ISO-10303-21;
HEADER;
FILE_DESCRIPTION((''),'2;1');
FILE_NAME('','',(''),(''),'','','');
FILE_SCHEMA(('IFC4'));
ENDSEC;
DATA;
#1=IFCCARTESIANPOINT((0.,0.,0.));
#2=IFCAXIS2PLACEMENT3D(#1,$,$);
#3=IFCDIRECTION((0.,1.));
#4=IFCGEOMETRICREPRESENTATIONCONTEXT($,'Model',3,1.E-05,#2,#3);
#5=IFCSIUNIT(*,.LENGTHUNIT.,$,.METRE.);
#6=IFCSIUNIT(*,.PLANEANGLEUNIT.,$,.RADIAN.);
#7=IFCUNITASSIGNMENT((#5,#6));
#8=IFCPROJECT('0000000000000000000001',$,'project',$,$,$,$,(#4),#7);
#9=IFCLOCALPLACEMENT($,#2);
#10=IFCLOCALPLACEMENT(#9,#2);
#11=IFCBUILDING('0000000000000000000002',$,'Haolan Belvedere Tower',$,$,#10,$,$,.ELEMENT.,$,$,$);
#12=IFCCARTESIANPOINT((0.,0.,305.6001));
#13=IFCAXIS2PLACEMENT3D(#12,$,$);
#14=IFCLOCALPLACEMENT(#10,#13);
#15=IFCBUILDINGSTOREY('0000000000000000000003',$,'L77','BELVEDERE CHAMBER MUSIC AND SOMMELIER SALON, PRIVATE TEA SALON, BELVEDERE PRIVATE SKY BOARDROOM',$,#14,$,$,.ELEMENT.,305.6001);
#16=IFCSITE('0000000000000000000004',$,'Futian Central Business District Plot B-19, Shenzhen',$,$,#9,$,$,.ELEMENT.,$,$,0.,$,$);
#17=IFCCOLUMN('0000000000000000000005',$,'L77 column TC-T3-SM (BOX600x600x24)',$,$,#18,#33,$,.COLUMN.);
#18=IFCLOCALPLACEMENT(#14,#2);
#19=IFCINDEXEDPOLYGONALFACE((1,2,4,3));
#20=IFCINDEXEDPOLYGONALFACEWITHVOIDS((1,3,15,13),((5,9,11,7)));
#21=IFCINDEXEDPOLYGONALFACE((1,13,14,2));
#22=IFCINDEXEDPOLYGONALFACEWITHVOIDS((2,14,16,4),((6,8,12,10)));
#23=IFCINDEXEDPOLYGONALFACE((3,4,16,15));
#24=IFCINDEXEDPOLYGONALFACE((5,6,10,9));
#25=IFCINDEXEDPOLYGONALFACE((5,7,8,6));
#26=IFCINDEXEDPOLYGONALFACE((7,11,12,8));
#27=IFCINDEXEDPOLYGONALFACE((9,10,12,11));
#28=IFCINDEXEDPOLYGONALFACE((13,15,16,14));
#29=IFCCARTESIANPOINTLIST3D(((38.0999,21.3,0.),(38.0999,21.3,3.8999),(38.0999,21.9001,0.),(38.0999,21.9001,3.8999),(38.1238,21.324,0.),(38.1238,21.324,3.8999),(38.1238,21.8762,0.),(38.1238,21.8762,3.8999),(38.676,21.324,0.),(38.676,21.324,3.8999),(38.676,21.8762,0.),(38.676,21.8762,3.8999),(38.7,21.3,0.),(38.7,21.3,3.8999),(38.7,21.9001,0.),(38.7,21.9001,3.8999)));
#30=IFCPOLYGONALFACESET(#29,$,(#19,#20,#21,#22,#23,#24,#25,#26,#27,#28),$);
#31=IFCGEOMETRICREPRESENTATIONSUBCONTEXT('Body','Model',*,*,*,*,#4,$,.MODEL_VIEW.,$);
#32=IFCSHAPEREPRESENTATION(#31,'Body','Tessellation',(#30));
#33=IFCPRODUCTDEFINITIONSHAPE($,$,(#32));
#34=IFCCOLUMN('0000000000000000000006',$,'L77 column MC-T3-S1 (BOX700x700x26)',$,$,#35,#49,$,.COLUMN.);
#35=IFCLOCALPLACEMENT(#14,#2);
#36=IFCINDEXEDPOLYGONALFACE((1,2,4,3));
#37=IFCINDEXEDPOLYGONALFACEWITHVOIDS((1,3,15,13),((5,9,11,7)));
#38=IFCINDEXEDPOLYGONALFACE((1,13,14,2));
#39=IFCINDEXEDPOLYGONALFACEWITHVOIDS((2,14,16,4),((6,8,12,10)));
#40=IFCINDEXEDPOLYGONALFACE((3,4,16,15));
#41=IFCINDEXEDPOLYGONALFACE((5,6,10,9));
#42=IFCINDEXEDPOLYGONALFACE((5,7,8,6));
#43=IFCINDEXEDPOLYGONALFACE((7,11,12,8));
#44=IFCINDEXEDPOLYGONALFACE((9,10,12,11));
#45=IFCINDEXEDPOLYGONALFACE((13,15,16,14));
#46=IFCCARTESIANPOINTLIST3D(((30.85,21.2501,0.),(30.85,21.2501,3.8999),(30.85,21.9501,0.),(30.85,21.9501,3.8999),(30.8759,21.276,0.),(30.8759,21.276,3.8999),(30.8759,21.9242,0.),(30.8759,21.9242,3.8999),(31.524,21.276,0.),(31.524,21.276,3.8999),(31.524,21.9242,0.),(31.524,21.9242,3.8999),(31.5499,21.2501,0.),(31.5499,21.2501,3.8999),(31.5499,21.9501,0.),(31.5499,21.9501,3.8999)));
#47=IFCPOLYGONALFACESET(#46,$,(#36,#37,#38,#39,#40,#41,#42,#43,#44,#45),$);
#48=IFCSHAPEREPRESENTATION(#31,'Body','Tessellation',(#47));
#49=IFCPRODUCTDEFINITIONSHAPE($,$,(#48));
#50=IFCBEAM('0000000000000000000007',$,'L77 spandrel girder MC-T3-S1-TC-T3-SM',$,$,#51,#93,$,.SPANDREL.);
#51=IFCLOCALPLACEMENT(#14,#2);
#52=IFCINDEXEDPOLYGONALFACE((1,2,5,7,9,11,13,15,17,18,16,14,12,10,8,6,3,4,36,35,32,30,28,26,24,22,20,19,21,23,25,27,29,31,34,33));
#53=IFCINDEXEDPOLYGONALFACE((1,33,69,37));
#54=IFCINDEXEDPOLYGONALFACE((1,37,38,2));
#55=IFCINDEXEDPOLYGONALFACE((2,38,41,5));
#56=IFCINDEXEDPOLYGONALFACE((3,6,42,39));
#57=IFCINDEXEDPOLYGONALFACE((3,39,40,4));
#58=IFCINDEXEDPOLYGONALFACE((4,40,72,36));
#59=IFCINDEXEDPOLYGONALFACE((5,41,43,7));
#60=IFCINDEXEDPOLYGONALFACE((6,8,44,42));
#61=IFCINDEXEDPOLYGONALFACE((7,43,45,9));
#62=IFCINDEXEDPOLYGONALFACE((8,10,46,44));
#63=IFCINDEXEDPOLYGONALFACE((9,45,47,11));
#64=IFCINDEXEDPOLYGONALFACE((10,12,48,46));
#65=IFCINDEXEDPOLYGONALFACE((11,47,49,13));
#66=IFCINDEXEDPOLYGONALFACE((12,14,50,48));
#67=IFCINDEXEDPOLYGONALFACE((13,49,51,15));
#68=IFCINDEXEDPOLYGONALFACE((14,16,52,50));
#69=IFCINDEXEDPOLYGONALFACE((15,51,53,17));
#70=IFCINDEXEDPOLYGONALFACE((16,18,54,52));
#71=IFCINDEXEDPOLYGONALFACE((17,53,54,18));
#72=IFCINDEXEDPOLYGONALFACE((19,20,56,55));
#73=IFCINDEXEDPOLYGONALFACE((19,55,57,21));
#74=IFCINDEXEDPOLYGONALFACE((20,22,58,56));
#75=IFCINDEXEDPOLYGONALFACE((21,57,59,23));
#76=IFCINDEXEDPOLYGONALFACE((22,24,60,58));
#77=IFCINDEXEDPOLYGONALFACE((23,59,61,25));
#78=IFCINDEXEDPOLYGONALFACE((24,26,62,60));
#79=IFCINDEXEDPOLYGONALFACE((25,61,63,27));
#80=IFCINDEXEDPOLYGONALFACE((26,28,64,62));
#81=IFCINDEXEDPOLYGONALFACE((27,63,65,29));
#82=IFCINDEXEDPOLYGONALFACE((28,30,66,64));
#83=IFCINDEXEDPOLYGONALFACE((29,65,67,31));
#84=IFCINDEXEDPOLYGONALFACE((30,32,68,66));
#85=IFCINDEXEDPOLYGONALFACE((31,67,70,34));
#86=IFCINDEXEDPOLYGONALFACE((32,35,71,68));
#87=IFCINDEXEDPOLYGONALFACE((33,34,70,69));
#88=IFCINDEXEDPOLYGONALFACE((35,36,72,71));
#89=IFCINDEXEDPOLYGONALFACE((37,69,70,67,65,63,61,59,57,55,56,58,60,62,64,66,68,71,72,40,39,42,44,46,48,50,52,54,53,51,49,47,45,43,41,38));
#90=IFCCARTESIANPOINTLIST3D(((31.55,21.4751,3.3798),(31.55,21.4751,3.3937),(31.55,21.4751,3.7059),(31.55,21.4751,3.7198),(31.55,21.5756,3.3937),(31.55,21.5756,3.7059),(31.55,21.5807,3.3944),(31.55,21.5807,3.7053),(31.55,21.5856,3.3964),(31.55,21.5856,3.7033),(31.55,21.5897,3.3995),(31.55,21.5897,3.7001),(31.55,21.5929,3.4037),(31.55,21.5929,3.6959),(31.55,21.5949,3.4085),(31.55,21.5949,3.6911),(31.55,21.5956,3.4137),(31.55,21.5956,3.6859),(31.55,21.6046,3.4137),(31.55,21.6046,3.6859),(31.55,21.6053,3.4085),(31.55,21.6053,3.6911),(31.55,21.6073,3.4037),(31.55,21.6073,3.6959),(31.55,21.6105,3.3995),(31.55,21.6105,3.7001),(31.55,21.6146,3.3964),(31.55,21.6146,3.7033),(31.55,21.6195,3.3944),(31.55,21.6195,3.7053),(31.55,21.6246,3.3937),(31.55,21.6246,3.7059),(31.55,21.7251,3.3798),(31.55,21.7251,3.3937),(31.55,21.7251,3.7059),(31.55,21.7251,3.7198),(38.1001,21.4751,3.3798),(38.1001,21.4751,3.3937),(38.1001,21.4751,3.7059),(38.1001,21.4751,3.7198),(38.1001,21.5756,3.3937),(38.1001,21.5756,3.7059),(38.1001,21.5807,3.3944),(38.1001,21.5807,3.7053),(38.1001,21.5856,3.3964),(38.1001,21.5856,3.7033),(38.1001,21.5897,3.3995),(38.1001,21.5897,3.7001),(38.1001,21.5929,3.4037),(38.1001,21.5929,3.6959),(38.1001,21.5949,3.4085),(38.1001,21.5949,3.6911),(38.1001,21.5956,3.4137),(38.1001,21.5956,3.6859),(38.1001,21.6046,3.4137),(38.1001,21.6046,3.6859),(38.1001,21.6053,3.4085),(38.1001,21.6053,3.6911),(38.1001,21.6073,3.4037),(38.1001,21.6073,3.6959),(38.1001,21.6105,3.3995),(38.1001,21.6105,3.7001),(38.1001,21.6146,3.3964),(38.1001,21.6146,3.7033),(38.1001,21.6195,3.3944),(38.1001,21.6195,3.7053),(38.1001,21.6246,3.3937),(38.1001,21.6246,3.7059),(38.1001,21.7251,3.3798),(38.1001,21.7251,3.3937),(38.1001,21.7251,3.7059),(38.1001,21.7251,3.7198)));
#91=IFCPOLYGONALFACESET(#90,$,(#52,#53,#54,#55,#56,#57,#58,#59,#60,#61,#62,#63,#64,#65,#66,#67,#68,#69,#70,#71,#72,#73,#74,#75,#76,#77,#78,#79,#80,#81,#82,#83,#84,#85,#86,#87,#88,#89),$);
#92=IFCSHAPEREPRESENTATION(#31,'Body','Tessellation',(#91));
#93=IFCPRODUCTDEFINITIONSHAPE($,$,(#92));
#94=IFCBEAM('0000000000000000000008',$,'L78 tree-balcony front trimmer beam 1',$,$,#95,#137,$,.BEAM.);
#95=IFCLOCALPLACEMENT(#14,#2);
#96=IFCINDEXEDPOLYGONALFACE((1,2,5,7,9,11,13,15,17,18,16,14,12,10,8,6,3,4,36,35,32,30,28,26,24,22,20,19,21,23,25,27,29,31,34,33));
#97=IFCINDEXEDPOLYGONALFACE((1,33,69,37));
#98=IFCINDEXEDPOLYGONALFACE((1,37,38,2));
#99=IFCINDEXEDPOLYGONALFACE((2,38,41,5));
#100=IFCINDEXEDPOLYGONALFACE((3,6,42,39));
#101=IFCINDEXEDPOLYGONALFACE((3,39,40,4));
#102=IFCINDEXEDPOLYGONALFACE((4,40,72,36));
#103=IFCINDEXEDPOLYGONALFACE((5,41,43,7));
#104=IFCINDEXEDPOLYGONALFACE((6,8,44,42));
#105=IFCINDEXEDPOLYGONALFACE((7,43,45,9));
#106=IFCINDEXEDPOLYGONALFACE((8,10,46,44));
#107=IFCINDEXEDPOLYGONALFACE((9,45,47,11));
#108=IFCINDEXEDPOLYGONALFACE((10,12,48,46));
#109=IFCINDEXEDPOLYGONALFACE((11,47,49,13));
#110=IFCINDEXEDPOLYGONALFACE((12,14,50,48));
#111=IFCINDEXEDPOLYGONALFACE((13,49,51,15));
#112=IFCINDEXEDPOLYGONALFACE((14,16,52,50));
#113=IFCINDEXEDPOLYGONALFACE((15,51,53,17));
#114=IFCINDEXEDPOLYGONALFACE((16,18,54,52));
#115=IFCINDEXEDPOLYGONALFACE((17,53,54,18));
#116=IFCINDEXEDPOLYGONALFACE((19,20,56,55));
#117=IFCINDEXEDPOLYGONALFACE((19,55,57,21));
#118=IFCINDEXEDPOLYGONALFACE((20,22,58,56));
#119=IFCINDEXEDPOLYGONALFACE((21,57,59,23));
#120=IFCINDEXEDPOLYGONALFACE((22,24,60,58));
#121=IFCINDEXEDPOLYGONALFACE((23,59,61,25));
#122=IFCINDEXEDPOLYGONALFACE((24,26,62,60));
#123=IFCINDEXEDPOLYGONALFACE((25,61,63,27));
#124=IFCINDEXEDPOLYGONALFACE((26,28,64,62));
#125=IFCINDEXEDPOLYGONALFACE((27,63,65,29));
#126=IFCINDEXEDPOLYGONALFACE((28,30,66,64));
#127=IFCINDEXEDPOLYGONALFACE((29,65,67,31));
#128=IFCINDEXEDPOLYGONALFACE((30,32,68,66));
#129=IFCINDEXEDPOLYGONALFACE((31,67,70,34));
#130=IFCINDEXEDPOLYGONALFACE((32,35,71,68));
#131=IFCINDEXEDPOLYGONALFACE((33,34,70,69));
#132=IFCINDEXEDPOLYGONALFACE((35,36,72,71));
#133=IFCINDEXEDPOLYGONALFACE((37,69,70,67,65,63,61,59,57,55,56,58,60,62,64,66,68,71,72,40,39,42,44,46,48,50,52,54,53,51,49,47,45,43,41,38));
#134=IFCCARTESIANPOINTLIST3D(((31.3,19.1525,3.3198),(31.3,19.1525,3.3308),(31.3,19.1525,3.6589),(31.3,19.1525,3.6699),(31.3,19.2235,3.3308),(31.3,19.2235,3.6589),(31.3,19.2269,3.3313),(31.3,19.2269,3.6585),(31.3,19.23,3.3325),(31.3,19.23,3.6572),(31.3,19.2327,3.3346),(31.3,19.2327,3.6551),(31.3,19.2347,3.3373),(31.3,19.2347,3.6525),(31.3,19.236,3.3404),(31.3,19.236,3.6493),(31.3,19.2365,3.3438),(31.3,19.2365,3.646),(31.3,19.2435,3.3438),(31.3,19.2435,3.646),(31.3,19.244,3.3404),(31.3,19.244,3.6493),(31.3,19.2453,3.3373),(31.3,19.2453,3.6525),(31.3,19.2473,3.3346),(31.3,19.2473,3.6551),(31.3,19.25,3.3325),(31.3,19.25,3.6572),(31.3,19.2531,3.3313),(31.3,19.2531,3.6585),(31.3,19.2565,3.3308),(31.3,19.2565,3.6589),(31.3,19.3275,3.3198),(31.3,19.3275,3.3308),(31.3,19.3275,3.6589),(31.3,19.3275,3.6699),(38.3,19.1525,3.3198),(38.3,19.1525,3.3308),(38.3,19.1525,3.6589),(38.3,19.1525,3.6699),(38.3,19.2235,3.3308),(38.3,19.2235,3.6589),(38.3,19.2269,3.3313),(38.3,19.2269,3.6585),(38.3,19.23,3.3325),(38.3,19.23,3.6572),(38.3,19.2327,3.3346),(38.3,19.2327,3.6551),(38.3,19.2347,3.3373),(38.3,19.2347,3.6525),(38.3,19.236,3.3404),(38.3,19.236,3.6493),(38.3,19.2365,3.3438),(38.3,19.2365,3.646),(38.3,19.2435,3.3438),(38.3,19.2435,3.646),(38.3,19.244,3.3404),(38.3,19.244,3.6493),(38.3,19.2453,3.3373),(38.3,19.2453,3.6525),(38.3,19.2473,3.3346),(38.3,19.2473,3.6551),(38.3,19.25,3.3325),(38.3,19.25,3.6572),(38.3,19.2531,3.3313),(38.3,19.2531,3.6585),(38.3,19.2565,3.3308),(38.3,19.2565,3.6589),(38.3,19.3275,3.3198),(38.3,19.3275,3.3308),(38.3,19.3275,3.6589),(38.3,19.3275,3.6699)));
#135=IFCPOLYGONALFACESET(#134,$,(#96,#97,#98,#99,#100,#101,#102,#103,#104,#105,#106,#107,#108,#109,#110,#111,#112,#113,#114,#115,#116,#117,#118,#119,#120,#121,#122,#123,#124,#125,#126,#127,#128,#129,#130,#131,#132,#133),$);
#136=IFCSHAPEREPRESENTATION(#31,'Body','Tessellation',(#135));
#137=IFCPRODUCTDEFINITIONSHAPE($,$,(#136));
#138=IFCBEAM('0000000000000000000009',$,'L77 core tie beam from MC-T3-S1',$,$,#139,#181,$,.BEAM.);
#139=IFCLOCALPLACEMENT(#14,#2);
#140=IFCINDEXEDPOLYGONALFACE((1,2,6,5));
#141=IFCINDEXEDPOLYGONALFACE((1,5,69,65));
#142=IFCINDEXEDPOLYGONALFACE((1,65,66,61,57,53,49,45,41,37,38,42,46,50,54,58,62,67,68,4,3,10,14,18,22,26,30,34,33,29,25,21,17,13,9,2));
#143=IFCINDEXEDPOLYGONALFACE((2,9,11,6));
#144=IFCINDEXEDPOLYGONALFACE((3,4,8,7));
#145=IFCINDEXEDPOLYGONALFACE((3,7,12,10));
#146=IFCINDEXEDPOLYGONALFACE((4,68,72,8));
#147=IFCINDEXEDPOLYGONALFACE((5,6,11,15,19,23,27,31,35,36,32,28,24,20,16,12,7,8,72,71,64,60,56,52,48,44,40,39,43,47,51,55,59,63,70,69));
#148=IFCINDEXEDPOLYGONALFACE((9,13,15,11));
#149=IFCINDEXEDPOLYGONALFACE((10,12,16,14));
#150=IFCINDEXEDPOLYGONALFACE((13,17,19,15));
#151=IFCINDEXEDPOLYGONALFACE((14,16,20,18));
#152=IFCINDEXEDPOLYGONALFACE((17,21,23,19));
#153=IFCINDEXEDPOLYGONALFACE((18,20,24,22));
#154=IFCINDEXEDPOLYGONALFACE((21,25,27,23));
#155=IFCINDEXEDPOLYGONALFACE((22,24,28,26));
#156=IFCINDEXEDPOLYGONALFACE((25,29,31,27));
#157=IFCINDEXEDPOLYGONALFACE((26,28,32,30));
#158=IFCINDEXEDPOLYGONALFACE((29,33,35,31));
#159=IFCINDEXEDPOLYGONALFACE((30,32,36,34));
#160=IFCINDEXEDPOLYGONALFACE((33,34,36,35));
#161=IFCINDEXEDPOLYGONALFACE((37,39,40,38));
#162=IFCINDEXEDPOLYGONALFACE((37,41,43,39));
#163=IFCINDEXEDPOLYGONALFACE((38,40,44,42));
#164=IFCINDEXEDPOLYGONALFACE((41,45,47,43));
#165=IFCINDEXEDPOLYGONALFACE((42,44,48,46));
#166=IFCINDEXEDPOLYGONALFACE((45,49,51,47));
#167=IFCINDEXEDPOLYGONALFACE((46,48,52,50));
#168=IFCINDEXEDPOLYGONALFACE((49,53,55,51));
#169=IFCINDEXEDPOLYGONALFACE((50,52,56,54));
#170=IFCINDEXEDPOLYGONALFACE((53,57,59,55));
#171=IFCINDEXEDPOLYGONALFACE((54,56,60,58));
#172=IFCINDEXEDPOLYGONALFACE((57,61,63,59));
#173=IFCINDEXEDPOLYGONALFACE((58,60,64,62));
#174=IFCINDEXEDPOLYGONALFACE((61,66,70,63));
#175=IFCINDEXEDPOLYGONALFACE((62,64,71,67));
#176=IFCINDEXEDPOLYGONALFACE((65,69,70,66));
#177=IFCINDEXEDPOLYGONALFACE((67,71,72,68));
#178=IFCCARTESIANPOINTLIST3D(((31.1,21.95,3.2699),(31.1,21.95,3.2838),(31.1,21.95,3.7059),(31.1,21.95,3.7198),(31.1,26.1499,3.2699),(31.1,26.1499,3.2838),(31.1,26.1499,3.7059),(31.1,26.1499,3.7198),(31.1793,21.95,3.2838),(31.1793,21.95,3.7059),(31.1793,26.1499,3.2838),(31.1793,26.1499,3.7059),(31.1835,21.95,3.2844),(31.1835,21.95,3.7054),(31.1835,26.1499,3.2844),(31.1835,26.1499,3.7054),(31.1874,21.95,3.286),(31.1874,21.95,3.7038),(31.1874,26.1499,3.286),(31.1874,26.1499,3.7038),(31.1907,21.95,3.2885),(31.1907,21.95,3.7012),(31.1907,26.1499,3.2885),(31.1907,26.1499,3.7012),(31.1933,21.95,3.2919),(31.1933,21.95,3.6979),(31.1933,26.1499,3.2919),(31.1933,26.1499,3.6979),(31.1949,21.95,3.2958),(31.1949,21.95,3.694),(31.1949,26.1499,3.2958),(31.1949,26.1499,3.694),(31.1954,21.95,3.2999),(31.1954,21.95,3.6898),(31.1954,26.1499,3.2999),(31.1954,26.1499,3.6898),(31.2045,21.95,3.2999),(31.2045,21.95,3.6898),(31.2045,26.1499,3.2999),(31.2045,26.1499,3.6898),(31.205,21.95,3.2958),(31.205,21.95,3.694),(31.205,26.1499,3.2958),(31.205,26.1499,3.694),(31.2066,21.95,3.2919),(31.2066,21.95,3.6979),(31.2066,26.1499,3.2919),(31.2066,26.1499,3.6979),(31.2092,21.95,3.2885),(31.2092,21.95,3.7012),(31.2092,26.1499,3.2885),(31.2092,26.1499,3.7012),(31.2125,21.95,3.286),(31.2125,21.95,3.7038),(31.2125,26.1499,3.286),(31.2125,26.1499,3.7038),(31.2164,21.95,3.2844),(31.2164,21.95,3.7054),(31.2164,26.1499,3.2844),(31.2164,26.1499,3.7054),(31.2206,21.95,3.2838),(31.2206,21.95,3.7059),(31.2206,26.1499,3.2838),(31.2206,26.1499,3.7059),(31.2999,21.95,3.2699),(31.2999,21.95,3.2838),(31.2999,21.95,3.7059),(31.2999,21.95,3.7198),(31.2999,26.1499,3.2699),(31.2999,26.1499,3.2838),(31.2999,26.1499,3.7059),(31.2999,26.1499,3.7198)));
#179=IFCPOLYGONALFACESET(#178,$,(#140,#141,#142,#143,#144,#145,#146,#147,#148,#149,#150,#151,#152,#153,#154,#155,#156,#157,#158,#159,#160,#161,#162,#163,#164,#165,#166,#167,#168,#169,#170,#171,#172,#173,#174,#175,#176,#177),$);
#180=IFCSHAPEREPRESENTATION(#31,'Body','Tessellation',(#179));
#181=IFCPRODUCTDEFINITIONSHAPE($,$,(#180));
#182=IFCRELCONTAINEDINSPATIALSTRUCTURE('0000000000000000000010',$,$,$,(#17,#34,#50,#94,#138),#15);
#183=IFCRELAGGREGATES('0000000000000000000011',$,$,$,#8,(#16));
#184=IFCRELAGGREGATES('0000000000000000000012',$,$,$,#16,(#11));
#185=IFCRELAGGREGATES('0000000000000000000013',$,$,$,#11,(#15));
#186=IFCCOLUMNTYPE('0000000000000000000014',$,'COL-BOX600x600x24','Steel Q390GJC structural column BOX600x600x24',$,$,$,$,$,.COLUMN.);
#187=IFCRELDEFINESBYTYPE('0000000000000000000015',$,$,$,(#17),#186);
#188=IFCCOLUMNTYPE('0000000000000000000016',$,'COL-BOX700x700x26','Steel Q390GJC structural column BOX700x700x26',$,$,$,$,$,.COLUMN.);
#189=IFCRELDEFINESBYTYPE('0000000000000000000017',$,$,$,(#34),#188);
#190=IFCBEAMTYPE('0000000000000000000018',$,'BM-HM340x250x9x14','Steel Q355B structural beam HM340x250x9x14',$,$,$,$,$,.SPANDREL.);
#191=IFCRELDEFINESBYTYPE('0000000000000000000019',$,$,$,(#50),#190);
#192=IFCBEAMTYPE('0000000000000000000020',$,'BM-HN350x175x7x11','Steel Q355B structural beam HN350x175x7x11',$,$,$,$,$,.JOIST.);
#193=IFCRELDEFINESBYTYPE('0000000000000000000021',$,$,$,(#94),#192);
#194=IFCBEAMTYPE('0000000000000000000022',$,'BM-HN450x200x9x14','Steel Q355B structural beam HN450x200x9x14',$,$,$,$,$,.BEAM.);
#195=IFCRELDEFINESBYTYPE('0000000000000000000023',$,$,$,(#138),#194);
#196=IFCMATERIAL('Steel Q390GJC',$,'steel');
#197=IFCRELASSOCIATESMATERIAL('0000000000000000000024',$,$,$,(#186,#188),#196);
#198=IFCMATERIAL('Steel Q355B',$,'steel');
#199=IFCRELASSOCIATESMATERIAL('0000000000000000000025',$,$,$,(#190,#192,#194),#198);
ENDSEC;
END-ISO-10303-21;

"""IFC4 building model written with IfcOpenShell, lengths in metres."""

from ifc_helpers import new_model, si_unit, direction, frame, origin, origin_2d, place, context, subcontext, project, spatial, hollow_rectangle, i_section, extrude, material, material_profile, profile_set, type_object, element, save


model = new_model("IFC4")

# Units and contexts
model_context = context("Model", 3, precision=1e-05, world=origin(), true_north=direction((0.0, 1.0)))
body_context = subcontext(model_context, "Body", "Model", "MODEL_VIEW")
ifc_project = project(units=[si_unit("LENGTHUNIT", "METRE"), si_unit("PLANEANGLEUNIT", "RADIAN")], contexts=[model_context])

# Site, building, storey
site_placement = place(None, origin())
site = spatial("IfcSite", under=ifc_project, at=site_placement, Name="Futian Central Business District Plot B-19, Shenzhen", CompositionType="ELEMENT", RefElevation=0.0)
building_placement = place(site_placement, origin())
building = spatial("IfcBuilding", under=site, at=building_placement, Name="Haolan Belvedere Tower", CompositionType="ELEMENT")
storey_placement = place(building_placement, frame((0.0, 0.0, 305.6001)))
storey = spatial("IfcBuildingStorey", under=building, at=storey_placement, Name="L77", Description="BELVEDERE CHAMBER MUSIC AND SOMMELIER SALON, PRIVATE TEA SALON, BELVEDERE PRIVATE SKY BOARDROOM", CompositionType="ELEMENT", Elevation=305.6001)

# Columns
ifc_material_1 = material(Name="Steel Q390GJC", Category="steel")
ifc_material_profile_1 = material_profile(ifc_material_1, hollow_rectangle(XDim=0.6001, YDim=0.6001, WallThickness=0.0239, at=origin_2d()), Name="Steel Q390GJC")
ifc_profile_set_1 = profile_set([ifc_material_profile_1], Name="Steel Q390GJC")
column_type_1 = type_object("IfcColumnType", Name="COL-BOX600x600x24", Description="Steel Q390GJC structural column BOX600x600x24", PredefinedType="COLUMN", material=ifc_profile_set_1)
column_1_placement = place(storey_placement, frame((38.3999, 21.6001, 0.0), z_axis=(0.0, 0.0, 1.0), x_axis=(1.0, 0.0, 0.0)))
element("IfcColumn", 1, at=column_1_placement, inside=storey, type_object=column_type_1, Name="L77 column TC-T3-SM (BOX600x600x24)", PredefinedType="COLUMN", context=body_context, shape_type="SweptSolid", body=[
    extrude(hollow_rectangle(XDim=0.6001, YDim=0.6001, WallThickness=0.0239, at=origin_2d()), origin(), (0.0, 0.0, 1.0), 3.8999),
])
ifc_material_profile_2 = material_profile(ifc_material_1, hollow_rectangle(XDim=0.7, YDim=0.7, WallThickness=0.0259, at=origin_2d()), Name="Steel Q390GJC")
ifc_profile_set_2 = profile_set([ifc_material_profile_2], Name="Steel Q390GJC")
column_type_2 = type_object("IfcColumnType", Name="COL-BOX700x700x26", Description="Steel Q390GJC structural column BOX700x700x26", PredefinedType="COLUMN", material=ifc_profile_set_2)
column_2_placement = place(storey_placement, frame((31.2, 21.6001, 0.0), z_axis=(0.0, 0.0, 1.0), x_axis=(1.0, 0.0, 0.0)))
element("IfcColumn", 2, at=column_2_placement, inside=storey, type_object=column_type_2, Name="L77 column MC-T3-S1 (BOX700x700x26)", PredefinedType="COLUMN", context=body_context, shape_type="SweptSolid", body=[
    extrude(hollow_rectangle(XDim=0.7, YDim=0.7, WallThickness=0.0259, at=origin_2d()), origin(), (0.0, 0.0, 1.0), 3.8999),
])

# Beams
ifc_material_2 = material(Name="Steel Q355B", Category="steel")
ifc_material_profile_3 = material_profile(ifc_material_2, i_section(OverallWidth=0.25, OverallDepth=0.3401, WebThickness=0.009, FlangeThickness=0.0139, FilletRadius=0.02, at=origin_2d()), Name="Steel Q355B")
ifc_profile_set_3 = profile_set([ifc_material_profile_3], Name="Steel Q355B")
beam_type_1 = type_object("IfcBeamType", Name="BM-HM340x250x9x14", Description="Steel Q355B structural beam HM340x250x9x14", PredefinedType="SPANDREL", material=ifc_profile_set_3)
beam_1_placement = place(storey_placement, frame((31.55, 21.6001, 3.5498), z_axis=(1.0, 0.0, 0.0), x_axis=(0.0, 1.0, 0.0)))
element("IfcBeam", 3, at=beam_1_placement, inside=storey, type_object=beam_type_1, Name="L77 spandrel girder MC-T3-S1-TC-T3-SM", PredefinedType="SPANDREL", context=body_context, shape_type="SweptSolid", body=[
    extrude(i_section(OverallWidth=0.25, OverallDepth=0.3401, WebThickness=0.009, FlangeThickness=0.0139, FilletRadius=0.02, at=origin_2d()), origin(), (0.0, 0.0, 1.0), 6.55),
])
ifc_material_profile_4 = material_profile(ifc_material_2, i_section(OverallWidth=0.175, OverallDepth=0.3501, WebThickness=0.0071, FlangeThickness=0.011, FilletRadius=0.0129, at=origin_2d()), Name="Steel Q355B")
ifc_profile_set_4 = profile_set([ifc_material_profile_4], Name="Steel Q355B")
beam_type_2 = type_object("IfcBeamType", Name="BM-HN350x175x7x11", Description="Steel Q355B structural beam HN350x175x7x11", PredefinedType="JOIST", material=ifc_profile_set_4)
beam_2_placement = place(storey_placement, frame((31.3, 19.24, 3.4949), z_axis=(1.0, 0.0, 0.0), x_axis=(0.0, 1.0, 0.0)))
element("IfcBeam", 4, at=beam_2_placement, inside=storey, type_object=beam_type_2, Name="L78 tree-balcony front trimmer beam 1", PredefinedType="BEAM", context=body_context, shape_type="SweptSolid", body=[
    extrude(i_section(OverallWidth=0.175, OverallDepth=0.3501, WebThickness=0.0071, FlangeThickness=0.011, FilletRadius=0.0129, at=origin_2d()), origin(), (0.0, 0.0, 1.0), 7.0),
])
ifc_material_profile_5 = material_profile(ifc_material_2, i_section(OverallWidth=0.2, OverallDepth=0.45, WebThickness=0.009, FlangeThickness=0.0139, FilletRadius=0.0161, at=origin_2d()), Name="Steel Q355B")
ifc_profile_set_5 = profile_set([ifc_material_profile_5], Name="Steel Q355B")
beam_type_3 = type_object("IfcBeamType", Name="BM-HN450x200x9x14", Description="Steel Q355B structural beam HN450x200x9x14", PredefinedType="BEAM", material=ifc_profile_set_5)
beam_3_placement = place(storey_placement, frame((31.2, 21.95, 3.4949), z_axis=(0.0, 1.0, 0.0), x_axis=(-1.0, 0.0, 0.0)))
element("IfcBeam", 5, at=beam_3_placement, inside=storey, type_object=beam_type_3, Name="L77 core tie beam from MC-T3-S1", PredefinedType="BEAM", context=body_context, shape_type="SweptSolid", body=[
    extrude(i_section(OverallWidth=0.2, OverallDepth=0.45, WebThickness=0.009, FlangeThickness=0.0139, FilletRadius=0.0161, at=origin_2d()), origin(), (0.0, 0.0, 1.0), 4.2),
])

save(model, "model.ifc")
